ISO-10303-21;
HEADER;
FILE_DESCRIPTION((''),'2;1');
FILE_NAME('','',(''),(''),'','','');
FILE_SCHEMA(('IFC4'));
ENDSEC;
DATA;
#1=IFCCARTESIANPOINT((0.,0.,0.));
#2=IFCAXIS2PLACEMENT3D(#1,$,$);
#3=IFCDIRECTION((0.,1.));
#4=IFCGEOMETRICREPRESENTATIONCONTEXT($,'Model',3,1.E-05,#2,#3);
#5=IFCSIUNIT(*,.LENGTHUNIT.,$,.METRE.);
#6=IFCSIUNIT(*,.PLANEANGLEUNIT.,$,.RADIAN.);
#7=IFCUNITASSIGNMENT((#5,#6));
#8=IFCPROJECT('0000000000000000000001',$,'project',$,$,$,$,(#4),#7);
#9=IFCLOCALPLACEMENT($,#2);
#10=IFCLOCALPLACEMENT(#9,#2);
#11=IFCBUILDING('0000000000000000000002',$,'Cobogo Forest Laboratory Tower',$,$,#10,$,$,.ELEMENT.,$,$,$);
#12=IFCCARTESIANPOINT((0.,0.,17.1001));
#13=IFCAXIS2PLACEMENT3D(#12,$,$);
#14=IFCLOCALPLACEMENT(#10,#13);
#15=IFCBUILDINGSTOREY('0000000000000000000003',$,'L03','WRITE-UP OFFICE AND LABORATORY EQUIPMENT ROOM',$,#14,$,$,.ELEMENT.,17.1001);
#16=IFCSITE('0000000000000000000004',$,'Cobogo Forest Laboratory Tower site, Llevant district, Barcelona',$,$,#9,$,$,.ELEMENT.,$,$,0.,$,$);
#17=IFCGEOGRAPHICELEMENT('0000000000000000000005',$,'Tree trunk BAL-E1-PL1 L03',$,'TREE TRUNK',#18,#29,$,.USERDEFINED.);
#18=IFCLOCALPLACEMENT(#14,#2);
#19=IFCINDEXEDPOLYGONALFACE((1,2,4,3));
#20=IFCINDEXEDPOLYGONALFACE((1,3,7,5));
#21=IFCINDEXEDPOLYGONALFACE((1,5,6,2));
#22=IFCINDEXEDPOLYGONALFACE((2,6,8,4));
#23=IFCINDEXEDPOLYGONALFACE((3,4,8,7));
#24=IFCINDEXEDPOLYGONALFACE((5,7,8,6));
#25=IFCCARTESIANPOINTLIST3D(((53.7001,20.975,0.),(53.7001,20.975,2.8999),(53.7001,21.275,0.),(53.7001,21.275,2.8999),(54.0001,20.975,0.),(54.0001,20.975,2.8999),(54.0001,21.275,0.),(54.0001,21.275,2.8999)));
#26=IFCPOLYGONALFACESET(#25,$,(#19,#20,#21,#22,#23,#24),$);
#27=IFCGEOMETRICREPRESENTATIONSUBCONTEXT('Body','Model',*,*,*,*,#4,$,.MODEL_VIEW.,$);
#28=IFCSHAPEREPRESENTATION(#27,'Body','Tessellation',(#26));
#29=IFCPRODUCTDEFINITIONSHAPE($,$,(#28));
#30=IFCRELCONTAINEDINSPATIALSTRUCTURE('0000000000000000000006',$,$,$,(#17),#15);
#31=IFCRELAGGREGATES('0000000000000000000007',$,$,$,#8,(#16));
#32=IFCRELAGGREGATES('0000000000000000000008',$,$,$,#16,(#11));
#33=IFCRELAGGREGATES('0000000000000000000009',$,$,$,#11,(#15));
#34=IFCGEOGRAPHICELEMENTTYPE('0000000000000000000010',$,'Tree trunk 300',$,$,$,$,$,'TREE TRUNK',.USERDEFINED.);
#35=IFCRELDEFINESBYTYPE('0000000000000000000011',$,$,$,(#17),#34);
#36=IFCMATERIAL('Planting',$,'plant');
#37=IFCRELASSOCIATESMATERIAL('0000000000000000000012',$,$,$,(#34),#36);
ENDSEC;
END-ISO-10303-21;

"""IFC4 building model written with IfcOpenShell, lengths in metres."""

from ifc_helpers import new_model, si_unit, direction, frame, origin, origin_2d, place, context, subcontext, project, spatial, rectangle, extrude, material, type_object, element, save


model = new_model("IFC4")

# Units and contexts
model_context = context("Model", 3, precision=1e-05, world=origin(), true_north=direction((0.0, 1.0)))
body_context = subcontext(model_context, "Body", "Model", "MODEL_VIEW")
ifc_project = project(units=[si_unit("LENGTHUNIT", "METRE"), si_unit("PLANEANGLEUNIT", "RADIAN")], contexts=[model_context])

# Site, building, storey
site_placement = place(None, origin())
site = spatial("IfcSite", under=ifc_project, at=site_placement, Name="Cobogo Forest Laboratory Tower site, Llevant district, Barcelona", CompositionType="ELEMENT", RefElevation=0.0)
building_placement = place(site_placement, origin())
building = spatial("IfcBuilding", under=site, at=building_placement, Name="Cobogo Forest Laboratory Tower", CompositionType="ELEMENT")
storey_placement = place(building_placement, frame((0.0, 0.0, 17.1001)))
storey = spatial("IfcBuildingStorey", under=building, at=storey_placement, Name="L03", Description="WRITE-UP OFFICE AND LABORATORY EQUIPMENT ROOM", CompositionType="ELEMENT", Elevation=17.1001)

# Geographic element
ifc_material_1 = material(Name="Planting", Category="plant")
geographic_element_type = type_object("IfcGeographicElementType", Name="Tree trunk 300", ElementType="TREE TRUNK", PredefinedType="USERDEFINED", material=ifc_material_1)
geographic_element_placement = place(storey_placement, frame((53.8501, 21.125, 0.0), z_axis=(0.0, 0.0, 1.0), x_axis=(1.0, 0.0, 0.0)))
element("IfcGeographicElement", 1, at=geographic_element_placement, inside=storey, type_object=geographic_element_type, Name="Tree trunk BAL-E1-PL1 L03", ObjectType="TREE TRUNK", PredefinedType="USERDEFINED", context=body_context, shape_type="SweptSolid", body=[
    extrude(rectangle(XDim=0.3, YDim=0.3, at=origin_2d()), origin(), (0.0, 0.0, 1.0), 2.8999),
])

save(model, "model.ifc")
